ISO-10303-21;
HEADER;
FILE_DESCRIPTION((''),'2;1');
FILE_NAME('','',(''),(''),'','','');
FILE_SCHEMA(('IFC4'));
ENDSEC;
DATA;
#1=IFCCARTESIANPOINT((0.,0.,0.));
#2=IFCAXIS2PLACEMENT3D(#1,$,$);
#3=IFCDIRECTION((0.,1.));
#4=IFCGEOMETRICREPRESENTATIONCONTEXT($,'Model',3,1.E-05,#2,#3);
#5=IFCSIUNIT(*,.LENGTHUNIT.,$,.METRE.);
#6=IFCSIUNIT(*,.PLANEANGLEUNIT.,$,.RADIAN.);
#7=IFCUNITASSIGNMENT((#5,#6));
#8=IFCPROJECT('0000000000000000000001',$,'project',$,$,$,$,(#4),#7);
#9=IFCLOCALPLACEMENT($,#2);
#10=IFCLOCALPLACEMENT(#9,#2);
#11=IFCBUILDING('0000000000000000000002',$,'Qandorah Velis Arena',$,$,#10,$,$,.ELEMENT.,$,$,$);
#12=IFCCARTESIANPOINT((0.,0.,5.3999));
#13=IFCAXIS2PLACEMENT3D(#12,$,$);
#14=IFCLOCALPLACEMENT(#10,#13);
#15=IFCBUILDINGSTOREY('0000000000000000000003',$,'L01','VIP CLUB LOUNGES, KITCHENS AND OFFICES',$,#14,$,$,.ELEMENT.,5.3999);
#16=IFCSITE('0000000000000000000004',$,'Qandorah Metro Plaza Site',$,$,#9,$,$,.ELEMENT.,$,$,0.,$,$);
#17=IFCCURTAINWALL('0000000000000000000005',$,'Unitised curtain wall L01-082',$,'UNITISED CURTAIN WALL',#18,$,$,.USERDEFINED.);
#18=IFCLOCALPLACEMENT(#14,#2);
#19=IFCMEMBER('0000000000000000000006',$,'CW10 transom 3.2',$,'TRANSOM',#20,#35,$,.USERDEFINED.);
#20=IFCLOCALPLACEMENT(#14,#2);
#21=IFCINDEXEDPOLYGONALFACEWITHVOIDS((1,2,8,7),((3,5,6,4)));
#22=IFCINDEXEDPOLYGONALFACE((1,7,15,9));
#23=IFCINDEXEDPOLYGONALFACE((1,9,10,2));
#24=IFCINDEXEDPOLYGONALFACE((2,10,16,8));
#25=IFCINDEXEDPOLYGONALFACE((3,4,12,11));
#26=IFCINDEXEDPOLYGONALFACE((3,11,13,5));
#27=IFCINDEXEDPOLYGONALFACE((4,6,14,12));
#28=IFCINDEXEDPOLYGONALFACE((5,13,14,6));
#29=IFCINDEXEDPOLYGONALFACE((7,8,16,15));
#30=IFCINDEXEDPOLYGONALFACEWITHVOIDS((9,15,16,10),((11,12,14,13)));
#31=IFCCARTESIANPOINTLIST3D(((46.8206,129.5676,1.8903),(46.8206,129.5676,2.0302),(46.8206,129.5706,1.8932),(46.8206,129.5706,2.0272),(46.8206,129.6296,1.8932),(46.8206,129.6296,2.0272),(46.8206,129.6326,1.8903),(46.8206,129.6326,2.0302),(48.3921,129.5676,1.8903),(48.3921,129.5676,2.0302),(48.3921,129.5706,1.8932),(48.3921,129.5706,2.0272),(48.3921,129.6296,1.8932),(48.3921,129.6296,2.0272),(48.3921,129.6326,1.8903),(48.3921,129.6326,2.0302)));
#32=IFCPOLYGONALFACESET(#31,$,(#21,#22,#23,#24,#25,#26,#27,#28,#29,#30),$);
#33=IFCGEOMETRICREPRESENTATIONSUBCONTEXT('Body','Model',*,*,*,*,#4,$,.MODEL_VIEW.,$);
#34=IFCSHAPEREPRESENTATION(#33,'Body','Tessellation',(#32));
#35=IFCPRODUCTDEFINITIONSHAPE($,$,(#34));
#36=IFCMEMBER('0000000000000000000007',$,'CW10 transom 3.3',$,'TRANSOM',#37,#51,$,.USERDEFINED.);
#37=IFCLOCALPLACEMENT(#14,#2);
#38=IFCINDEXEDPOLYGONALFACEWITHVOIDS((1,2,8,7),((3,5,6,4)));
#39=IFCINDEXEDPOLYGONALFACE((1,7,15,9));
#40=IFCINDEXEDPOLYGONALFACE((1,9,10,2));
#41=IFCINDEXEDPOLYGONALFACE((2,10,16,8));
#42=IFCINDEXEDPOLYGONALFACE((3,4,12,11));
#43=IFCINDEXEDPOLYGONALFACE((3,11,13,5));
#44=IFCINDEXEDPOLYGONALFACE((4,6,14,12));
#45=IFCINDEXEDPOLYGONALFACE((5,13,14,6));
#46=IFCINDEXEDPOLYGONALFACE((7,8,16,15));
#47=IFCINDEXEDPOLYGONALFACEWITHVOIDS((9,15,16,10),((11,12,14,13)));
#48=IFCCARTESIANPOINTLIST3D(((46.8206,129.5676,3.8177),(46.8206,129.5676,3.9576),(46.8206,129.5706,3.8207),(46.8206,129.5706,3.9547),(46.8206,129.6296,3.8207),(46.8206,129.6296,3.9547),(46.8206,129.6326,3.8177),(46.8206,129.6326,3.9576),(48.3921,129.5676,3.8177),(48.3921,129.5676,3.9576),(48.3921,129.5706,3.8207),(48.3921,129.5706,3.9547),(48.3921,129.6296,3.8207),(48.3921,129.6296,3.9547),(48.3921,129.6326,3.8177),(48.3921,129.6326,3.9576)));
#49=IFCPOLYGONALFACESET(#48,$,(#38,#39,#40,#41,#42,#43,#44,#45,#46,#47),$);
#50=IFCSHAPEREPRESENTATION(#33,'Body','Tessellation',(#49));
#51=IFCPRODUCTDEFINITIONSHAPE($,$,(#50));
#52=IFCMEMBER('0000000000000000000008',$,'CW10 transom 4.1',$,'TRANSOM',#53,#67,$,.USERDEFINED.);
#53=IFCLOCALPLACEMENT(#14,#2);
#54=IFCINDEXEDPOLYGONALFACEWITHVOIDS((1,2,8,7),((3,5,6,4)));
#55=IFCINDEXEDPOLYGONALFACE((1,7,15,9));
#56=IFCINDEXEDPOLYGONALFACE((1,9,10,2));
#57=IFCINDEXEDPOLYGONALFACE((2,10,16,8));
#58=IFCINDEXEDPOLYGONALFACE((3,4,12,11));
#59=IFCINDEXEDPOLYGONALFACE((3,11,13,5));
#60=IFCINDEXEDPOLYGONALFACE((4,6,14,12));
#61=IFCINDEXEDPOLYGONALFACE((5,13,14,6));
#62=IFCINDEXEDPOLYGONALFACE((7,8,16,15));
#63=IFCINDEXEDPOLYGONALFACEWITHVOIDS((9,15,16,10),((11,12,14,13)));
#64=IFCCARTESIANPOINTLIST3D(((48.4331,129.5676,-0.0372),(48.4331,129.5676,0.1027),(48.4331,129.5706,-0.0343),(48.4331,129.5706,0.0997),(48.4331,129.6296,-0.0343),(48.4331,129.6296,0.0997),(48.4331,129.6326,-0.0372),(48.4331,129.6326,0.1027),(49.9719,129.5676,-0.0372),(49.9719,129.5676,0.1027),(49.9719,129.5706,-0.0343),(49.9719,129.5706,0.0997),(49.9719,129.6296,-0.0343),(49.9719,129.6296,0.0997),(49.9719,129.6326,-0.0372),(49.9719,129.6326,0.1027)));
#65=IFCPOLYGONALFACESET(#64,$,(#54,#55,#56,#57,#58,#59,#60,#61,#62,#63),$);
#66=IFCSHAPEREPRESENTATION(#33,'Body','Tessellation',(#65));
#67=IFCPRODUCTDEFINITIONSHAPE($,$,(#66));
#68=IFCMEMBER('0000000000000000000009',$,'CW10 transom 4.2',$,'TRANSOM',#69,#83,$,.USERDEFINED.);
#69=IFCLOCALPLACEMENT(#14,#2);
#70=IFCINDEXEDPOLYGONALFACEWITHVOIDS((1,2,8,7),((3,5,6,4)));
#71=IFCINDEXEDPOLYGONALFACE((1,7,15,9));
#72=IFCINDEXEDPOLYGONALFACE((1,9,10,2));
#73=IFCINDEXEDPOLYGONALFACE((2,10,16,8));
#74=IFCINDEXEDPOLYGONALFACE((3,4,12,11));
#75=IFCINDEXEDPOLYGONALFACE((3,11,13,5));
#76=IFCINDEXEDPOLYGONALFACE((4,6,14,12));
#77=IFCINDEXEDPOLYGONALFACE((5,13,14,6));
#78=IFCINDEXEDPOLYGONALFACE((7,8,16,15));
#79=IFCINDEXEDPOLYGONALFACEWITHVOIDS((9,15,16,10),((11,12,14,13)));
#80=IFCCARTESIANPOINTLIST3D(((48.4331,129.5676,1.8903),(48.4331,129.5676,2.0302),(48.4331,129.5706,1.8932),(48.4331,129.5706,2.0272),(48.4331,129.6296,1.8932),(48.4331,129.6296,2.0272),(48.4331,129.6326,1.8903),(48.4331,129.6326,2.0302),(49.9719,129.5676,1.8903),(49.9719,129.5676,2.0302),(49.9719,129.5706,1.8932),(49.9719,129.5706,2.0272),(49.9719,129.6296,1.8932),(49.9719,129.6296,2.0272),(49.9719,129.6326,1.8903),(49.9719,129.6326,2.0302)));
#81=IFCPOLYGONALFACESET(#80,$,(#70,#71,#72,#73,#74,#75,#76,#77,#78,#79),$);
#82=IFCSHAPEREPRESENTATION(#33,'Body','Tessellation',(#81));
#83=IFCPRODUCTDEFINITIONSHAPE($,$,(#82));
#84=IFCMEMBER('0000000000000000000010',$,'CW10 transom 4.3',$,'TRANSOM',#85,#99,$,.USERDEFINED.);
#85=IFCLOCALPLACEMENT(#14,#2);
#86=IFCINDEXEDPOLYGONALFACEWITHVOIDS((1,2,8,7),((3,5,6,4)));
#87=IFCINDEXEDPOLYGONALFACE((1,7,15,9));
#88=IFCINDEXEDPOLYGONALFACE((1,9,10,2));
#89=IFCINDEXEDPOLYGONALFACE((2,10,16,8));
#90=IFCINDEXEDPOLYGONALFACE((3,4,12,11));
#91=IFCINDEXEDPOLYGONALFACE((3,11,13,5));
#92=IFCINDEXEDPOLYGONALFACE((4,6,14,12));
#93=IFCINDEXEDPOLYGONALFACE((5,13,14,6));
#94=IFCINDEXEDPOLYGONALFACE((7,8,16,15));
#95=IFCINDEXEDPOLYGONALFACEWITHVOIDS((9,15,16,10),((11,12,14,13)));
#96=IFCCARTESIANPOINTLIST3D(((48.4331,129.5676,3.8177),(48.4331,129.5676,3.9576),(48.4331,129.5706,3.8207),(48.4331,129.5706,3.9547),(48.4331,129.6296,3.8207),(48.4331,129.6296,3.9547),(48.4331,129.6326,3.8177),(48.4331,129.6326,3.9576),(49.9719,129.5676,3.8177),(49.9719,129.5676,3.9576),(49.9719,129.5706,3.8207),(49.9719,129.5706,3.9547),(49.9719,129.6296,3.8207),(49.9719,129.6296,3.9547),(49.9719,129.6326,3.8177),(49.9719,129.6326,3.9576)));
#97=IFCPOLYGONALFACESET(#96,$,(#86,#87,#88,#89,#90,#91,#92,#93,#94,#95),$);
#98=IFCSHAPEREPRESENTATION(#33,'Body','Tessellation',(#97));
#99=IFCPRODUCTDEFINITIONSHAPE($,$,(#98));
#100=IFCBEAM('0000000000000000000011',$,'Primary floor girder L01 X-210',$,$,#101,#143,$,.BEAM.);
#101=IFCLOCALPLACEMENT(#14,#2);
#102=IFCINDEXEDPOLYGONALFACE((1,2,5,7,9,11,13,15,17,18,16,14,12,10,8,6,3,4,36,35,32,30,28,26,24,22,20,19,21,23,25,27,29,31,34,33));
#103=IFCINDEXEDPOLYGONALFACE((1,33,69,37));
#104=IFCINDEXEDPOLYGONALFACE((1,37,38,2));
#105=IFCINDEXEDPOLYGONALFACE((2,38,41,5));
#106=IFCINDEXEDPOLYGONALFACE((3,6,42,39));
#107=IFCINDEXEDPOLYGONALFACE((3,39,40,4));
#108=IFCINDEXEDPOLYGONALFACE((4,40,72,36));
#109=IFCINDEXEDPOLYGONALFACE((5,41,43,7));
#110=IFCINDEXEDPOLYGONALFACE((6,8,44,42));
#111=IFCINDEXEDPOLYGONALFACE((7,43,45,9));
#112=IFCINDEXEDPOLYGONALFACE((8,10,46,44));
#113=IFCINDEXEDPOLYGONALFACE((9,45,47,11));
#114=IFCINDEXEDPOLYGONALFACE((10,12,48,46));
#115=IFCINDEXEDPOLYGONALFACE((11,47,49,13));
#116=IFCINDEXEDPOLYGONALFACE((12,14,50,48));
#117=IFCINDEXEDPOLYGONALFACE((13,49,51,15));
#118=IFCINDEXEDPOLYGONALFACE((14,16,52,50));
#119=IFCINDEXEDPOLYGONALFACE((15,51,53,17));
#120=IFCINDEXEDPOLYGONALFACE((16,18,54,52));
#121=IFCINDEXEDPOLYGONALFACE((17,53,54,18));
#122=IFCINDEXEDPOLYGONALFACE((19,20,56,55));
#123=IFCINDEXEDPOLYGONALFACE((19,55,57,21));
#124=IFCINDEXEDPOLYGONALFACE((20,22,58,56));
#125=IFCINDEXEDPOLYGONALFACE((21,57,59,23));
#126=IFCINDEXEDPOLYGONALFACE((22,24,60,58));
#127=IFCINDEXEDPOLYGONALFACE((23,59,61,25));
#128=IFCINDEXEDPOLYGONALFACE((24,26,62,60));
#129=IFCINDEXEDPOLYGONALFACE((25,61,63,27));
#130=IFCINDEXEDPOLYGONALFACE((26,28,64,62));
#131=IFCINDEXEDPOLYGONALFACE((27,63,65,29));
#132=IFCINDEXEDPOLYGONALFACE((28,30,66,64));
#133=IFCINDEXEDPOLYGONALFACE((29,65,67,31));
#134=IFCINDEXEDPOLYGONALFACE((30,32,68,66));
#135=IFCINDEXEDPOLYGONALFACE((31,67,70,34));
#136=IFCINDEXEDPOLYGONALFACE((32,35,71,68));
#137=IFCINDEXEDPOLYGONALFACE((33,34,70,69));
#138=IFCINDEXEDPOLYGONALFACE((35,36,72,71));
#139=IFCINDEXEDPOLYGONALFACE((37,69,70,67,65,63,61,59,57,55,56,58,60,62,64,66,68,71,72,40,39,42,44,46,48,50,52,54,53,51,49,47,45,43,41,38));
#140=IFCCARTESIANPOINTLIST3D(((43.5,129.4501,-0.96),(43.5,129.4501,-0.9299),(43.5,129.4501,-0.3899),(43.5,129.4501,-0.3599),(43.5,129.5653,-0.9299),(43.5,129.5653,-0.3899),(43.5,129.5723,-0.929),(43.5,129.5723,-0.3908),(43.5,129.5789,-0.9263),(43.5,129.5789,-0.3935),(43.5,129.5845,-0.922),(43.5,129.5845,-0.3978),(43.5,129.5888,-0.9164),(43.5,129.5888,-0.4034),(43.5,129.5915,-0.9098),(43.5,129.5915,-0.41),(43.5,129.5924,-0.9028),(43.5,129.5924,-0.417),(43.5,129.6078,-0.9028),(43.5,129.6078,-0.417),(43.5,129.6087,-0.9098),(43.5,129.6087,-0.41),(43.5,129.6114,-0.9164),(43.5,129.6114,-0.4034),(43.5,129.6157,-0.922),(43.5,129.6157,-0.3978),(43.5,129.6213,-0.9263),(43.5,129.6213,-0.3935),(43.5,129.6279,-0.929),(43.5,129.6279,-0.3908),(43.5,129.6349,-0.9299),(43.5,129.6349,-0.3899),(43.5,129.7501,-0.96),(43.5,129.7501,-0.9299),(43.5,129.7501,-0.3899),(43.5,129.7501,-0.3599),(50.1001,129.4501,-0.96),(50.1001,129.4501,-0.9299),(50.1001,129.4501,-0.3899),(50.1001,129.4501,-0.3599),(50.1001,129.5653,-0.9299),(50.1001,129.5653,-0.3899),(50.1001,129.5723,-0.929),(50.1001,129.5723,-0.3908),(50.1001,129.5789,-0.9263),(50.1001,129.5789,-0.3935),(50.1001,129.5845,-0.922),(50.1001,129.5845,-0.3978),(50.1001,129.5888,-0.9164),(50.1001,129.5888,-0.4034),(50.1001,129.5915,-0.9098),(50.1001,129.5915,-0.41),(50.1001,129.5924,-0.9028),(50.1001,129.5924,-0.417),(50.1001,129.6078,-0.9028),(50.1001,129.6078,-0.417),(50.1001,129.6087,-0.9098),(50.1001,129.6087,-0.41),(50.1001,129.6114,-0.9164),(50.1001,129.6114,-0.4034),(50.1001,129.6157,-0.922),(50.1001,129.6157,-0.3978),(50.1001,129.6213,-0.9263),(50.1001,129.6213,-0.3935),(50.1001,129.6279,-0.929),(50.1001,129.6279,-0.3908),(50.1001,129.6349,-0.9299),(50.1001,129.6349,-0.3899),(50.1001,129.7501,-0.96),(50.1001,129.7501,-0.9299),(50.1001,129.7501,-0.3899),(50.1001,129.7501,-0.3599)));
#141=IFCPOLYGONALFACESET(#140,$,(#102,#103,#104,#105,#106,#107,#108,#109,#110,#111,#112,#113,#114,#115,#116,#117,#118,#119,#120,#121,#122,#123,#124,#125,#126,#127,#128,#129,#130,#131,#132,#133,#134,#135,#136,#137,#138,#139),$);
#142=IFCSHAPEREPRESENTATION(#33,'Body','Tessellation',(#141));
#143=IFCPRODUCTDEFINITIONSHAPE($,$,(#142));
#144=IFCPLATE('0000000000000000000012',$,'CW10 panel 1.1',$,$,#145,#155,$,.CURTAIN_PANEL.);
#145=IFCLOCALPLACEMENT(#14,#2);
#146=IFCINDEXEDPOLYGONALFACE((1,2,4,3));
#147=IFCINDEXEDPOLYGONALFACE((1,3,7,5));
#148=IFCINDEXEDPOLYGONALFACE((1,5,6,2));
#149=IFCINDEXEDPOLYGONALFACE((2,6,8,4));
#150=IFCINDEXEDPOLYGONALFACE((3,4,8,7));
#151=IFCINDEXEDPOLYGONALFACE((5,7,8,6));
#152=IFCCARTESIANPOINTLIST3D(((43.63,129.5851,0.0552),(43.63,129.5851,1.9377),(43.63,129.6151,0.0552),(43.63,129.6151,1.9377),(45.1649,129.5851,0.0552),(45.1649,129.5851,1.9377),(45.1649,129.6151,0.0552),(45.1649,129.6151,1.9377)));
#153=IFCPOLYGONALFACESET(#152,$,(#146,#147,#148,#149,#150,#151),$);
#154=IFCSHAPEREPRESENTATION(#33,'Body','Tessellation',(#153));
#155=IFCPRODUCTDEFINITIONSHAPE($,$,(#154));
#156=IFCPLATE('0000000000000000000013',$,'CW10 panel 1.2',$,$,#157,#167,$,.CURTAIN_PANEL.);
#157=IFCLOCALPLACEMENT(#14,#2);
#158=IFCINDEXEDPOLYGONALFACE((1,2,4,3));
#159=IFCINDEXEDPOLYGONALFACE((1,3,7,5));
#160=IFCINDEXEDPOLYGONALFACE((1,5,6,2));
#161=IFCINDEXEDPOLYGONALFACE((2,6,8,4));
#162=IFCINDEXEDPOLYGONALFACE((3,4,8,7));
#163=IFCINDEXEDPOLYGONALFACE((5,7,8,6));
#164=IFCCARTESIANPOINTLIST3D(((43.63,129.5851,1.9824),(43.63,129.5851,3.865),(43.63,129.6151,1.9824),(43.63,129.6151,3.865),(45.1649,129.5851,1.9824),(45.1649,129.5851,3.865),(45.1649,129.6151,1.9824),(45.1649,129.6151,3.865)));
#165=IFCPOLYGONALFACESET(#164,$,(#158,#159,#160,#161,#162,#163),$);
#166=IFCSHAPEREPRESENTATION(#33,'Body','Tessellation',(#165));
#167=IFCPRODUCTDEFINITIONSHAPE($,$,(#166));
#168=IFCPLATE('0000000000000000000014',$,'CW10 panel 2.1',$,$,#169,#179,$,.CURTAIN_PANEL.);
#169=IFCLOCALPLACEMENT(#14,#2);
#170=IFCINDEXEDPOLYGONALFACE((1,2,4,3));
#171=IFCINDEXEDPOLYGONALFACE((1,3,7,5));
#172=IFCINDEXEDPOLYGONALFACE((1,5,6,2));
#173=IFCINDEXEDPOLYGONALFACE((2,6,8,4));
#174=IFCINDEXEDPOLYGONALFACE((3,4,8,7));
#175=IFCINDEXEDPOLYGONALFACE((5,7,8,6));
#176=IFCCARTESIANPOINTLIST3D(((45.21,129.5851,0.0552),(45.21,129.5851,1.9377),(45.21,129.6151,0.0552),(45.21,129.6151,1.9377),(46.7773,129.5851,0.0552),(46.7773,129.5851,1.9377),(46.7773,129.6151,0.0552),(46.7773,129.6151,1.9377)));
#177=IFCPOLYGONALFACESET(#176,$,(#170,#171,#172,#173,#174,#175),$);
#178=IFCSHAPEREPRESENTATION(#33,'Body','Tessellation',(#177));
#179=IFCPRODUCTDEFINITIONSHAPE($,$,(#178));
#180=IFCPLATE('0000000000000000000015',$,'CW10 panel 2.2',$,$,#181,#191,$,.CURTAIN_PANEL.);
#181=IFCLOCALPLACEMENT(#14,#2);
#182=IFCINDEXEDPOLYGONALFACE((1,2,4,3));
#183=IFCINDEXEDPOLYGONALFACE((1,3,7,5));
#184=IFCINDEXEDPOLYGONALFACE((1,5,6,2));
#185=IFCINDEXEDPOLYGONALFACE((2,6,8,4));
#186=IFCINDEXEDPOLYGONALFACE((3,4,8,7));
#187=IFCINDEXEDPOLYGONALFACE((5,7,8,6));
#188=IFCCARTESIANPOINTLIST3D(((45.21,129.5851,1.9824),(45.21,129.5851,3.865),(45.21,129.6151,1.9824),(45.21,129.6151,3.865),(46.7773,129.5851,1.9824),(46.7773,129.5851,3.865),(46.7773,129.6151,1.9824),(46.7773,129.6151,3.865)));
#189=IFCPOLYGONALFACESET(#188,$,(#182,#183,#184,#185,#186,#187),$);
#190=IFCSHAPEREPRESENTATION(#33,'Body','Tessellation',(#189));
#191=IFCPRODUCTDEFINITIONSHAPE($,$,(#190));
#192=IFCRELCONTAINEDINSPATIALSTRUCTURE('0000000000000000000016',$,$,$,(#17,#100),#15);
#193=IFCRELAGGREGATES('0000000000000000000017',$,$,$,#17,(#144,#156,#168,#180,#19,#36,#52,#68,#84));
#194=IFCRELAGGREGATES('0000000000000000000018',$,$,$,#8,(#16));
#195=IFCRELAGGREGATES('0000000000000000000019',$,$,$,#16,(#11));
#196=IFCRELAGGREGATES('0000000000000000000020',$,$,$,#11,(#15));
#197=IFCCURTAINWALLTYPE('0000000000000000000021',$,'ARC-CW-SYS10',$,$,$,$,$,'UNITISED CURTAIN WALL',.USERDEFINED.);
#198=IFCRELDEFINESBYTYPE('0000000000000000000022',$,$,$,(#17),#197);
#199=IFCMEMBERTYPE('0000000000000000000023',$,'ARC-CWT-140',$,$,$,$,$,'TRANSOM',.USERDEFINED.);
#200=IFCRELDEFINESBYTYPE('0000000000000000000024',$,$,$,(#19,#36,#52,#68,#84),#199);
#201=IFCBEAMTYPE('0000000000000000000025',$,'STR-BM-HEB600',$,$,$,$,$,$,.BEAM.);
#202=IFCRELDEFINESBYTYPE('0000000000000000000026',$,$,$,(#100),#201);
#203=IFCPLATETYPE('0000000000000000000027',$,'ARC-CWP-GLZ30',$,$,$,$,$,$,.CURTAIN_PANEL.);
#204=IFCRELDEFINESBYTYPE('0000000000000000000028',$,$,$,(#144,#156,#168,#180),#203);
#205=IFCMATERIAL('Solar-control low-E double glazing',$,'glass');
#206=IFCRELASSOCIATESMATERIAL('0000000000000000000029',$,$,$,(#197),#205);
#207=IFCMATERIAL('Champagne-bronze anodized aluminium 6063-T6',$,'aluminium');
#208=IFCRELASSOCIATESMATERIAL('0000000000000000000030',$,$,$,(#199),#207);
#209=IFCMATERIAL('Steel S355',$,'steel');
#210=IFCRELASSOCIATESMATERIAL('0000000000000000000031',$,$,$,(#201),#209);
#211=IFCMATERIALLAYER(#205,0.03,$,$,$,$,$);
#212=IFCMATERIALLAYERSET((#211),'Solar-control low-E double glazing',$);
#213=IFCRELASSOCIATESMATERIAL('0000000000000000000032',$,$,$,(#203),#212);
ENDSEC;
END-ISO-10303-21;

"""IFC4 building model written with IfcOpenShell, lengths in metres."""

from ifc_helpers import new_model, si_unit, direction, frame, origin, origin_2d, place, context, subcontext, project, spatial, rectangle, hollow_rectangle, i_section, extrude, material, layer, layer_set, material_profile, profile_set, type_object, element, aggregate, save


model = new_model("IFC4")

# Units and contexts
model_context = context("Model", 3, precision=1e-05, world=origin(), true_north=direction((0.0, 1.0)))
body_context = subcontext(model_context, "Body", "Model", "MODEL_VIEW")
ifc_project = project(units=[si_unit("LENGTHUNIT", "METRE"), si_unit("PLANEANGLEUNIT", "RADIAN")], contexts=[model_context])

# Site, building, storey
site_placement = place(None, origin())
site = spatial("IfcSite", under=ifc_project, at=site_placement, Name="Qandorah Metro Plaza Site", CompositionType="ELEMENT", RefElevation=0.0)
building_placement = place(site_placement, origin())
building = spatial("IfcBuilding", under=site, at=building_placement, Name="Qandorah Velis Arena", CompositionType="ELEMENT")
storey_placement = place(building_placement, frame((0.0, 0.0, 5.3999)))
storey = spatial("IfcBuildingStorey", under=building, at=storey_placement, Name="L01", Description="VIP CLUB LOUNGES, KITCHENS AND OFFICES", CompositionType="ELEMENT", Elevation=5.3999)

# Curtain wall, members
ifc_material_1 = material(Name="Solar-control low-E double glazing", Category="glass")
curtain_wall_type = type_object("IfcCurtainWallType", Name="ARC-CW-SYS10", ElementType="UNITISED CURTAIN WALL", PredefinedType="USERDEFINED", material=ifc_material_1)
curtain_wall_placement = place(storey_placement, origin())
curtain_wall = element("IfcCurtainWall", 1, at=curtain_wall_placement, inside=storey, type_object=curtain_wall_type, Name="Unitised curtain wall L01-082", ObjectType="UNITISED CURTAIN WALL", PredefinedType="USERDEFINED")
ifc_material_2 = material(Name="Champagne-bronze anodized aluminium 6063-T6", Category="aluminium")
ifc_material_profile_1 = material_profile(ifc_material_2, hollow_rectangle(XDim=0.0649, YDim=0.1399, WallThickness=0.0029, at=origin_2d()), Name="ALU TRANSOM 65x140")
ifc_profile_set_1 = profile_set([ifc_material_profile_1], Name="Champagne-bronze anodized aluminium 6063-T6")
member_type_1 = type_object("IfcMemberType", Name="ARC-CWT-140", ElementType="TRANSOM", PredefinedType="USERDEFINED", material=ifc_profile_set_1)
member_1_placement = place(storey_placement, frame((46.8206, 129.6001, 1.9602), z_axis=(1.0, 0.0, 0.0), x_axis=(0.0, 1.0, 0.0)))
member_1 = element("IfcMember", 2, at=member_1_placement, type_object=member_type_1, Name="CW10 transom 3.2", ObjectType="TRANSOM", PredefinedType="USERDEFINED", context=body_context, shape_type="SweptSolid", body=[
    extrude(hollow_rectangle(XDim=0.0649, YDim=0.1399, WallThickness=0.0029, at=origin_2d()), origin(), (0.0, 0.0, 1.0), 1.5715),
])
member_2_placement = place(storey_placement, frame((46.8206, 129.6001, 3.8877), z_axis=(1.0, 0.0, 0.0), x_axis=(0.0, 1.0, 0.0)))
member_2 = element("IfcMember", 3, at=member_2_placement, type_object=member_type_1, Name="CW10 transom 3.3", ObjectType="TRANSOM", PredefinedType="USERDEFINED", context=body_context, shape_type="SweptSolid", body=[
    extrude(hollow_rectangle(XDim=0.0649, YDim=0.1399, WallThickness=0.0029, at=origin_2d()), origin(), (0.0, 0.0, 1.0), 1.5715),
])
member_3_placement = place(storey_placement, frame((48.4331, 129.6001, 0.0327), z_axis=(1.0, 0.0, 0.0), x_axis=(0.0, 1.0, 0.0)))
member_3 = element("IfcMember", 4, at=member_3_placement, type_object=member_type_1, Name="CW10 transom 4.1", ObjectType="TRANSOM", PredefinedType="USERDEFINED", context=body_context, shape_type="SweptSolid", body=[
    extrude(hollow_rectangle(XDim=0.0649, YDim=0.1399, WallThickness=0.0029, at=origin_2d()), origin(), (0.0, 0.0, 1.0), 1.5388),
])
member_4_placement = place(storey_placement, frame((48.4331, 129.6001, 1.9602), z_axis=(1.0, 0.0, 0.0), x_axis=(0.0, 1.0, 0.0)))
member_4 = element("IfcMember", 5, at=member_4_placement, type_object=member_type_1, Name="CW10 transom 4.2", ObjectType="TRANSOM", PredefinedType="USERDEFINED", context=body_context, shape_type="SweptSolid", body=[
    extrude(hollow_rectangle(XDim=0.0649, YDim=0.1399, WallThickness=0.0029, at=origin_2d()), origin(), (0.0, 0.0, 1.0), 1.5388),
])
member_5_placement = place(storey_placement, frame((48.4331, 129.6001, 3.8877), z_axis=(1.0, 0.0, 0.0), x_axis=(0.0, 1.0, 0.0)))
member_5 = element("IfcMember", 6, at=member_5_placement, type_object=member_type_1, Name="CW10 transom 4.3", ObjectType="TRANSOM", PredefinedType="USERDEFINED", context=body_context, shape_type="SweptSolid", body=[
    extrude(hollow_rectangle(XDim=0.0649, YDim=0.1399, WallThickness=0.0029, at=origin_2d()), origin(), (0.0, 0.0, 1.0), 1.5388),
])

# Beam
ifc_material_3 = material(Name="Steel S355", Category="steel")
ifc_material_profile_2 = material_profile(ifc_material_3, i_section(OverallWidth=0.3, OverallDepth=0.6001, WebThickness=0.0154, FlangeThickness=0.03, FilletRadius=0.0271, at=origin_2d()), Name="HEB 600")
ifc_profile_set_2 = profile_set([ifc_material_profile_2], Name="Steel S355")
beam_type = type_object("IfcBeamType", Name="STR-BM-HEB600", PredefinedType="BEAM", material=ifc_profile_set_2)
beam_placement = place(storey_placement, frame((43.5, 129.6001, -0.6599), z_axis=(1.0, 0.0, 0.0), x_axis=(0.0, 1.0, 0.0)))
element("IfcBeam", 7, at=beam_placement, inside=storey, type_object=beam_type, Name="Primary floor girder L01 X-210", PredefinedType="BEAM", context=body_context, shape_type="SweptSolid", body=[
    extrude(i_section(OverallWidth=0.3, OverallDepth=0.6001, WebThickness=0.0154, FlangeThickness=0.03, FilletRadius=0.0271, at=origin_2d()), origin(), (0.0, 0.0, 1.0), 6.6001),
])

# Plates
ifc_layer = layer(ifc_material_1, 0.03)
ifc_layer_set = layer_set([ifc_layer], Name="Solar-control low-E double glazing")
plate_type = type_object("IfcPlateType", Name="ARC-CWP-GLZ30", PredefinedType="CURTAIN_PANEL", material=ifc_layer_set)
plate_1_placement = place(storey_placement, frame((44.3975, 129.6001, 0.0552), z_axis=(0.0, 0.0, 1.0), x_axis=(1.0, 0.0, 0.0)))
plate_1 = element("IfcPlate", 8, at=plate_1_placement, type_object=plate_type, Name="CW10 panel 1.1", PredefinedType="CURTAIN_PANEL", context=body_context, shape_type="SweptSolid", body=[
    extrude(rectangle(XDim=1.5349, YDim=0.03, at=origin_2d()), origin(), (0.0, 0.0, 1.0), 1.8826),
])
plate_2_placement = place(storey_placement, frame((44.3975, 129.6001, 1.9824), z_axis=(0.0, 0.0, 1.0), x_axis=(1.0, 0.0, 0.0)))
plate_2 = element("IfcPlate", 9, at=plate_2_placement, type_object=plate_type, Name="CW10 panel 1.2", PredefinedType="CURTAIN_PANEL", context=body_context, shape_type="SweptSolid", body=[
    extrude(rectangle(XDim=1.5349, YDim=0.03, at=origin_2d()), origin(), (0.0, 0.0, 1.0), 1.8826),
])
plate_3_placement = place(storey_placement, frame((45.9937, 129.6001, 0.0552), z_axis=(0.0, 0.0, 1.0), x_axis=(1.0, 0.0, 0.0)))
plate_3 = element("IfcPlate", 10, at=plate_3_placement, type_object=plate_type, Name="CW10 panel 2.1", PredefinedType="CURTAIN_PANEL", context=body_context, shape_type="SweptSolid", body=[
    extrude(rectangle(XDim=1.5674, YDim=0.03, at=origin_2d()), origin(), (0.0, 0.0, 1.0), 1.8826),
])
plate_4_placement = place(storey_placement, frame((45.9937, 129.6001, 1.9824), z_axis=(0.0, 0.0, 1.0), x_axis=(1.0, 0.0, 0.0)))
plate_4 = element("IfcPlate", 11, at=plate_4_placement, type_object=plate_type, Name="CW10 panel 2.2", PredefinedType="CURTAIN_PANEL", context=body_context, shape_type="SweptSolid", body=[
    extrude(rectangle(XDim=1.5674, YDim=0.03, at=origin_2d()), origin(), (0.0, 0.0, 1.0), 1.8826),
])
aggregate(curtain_wall, [plate_1, plate_2, plate_3, plate_4, member_1, member_2, member_3, member_4, member_5])

save(model, "model.ifc")
